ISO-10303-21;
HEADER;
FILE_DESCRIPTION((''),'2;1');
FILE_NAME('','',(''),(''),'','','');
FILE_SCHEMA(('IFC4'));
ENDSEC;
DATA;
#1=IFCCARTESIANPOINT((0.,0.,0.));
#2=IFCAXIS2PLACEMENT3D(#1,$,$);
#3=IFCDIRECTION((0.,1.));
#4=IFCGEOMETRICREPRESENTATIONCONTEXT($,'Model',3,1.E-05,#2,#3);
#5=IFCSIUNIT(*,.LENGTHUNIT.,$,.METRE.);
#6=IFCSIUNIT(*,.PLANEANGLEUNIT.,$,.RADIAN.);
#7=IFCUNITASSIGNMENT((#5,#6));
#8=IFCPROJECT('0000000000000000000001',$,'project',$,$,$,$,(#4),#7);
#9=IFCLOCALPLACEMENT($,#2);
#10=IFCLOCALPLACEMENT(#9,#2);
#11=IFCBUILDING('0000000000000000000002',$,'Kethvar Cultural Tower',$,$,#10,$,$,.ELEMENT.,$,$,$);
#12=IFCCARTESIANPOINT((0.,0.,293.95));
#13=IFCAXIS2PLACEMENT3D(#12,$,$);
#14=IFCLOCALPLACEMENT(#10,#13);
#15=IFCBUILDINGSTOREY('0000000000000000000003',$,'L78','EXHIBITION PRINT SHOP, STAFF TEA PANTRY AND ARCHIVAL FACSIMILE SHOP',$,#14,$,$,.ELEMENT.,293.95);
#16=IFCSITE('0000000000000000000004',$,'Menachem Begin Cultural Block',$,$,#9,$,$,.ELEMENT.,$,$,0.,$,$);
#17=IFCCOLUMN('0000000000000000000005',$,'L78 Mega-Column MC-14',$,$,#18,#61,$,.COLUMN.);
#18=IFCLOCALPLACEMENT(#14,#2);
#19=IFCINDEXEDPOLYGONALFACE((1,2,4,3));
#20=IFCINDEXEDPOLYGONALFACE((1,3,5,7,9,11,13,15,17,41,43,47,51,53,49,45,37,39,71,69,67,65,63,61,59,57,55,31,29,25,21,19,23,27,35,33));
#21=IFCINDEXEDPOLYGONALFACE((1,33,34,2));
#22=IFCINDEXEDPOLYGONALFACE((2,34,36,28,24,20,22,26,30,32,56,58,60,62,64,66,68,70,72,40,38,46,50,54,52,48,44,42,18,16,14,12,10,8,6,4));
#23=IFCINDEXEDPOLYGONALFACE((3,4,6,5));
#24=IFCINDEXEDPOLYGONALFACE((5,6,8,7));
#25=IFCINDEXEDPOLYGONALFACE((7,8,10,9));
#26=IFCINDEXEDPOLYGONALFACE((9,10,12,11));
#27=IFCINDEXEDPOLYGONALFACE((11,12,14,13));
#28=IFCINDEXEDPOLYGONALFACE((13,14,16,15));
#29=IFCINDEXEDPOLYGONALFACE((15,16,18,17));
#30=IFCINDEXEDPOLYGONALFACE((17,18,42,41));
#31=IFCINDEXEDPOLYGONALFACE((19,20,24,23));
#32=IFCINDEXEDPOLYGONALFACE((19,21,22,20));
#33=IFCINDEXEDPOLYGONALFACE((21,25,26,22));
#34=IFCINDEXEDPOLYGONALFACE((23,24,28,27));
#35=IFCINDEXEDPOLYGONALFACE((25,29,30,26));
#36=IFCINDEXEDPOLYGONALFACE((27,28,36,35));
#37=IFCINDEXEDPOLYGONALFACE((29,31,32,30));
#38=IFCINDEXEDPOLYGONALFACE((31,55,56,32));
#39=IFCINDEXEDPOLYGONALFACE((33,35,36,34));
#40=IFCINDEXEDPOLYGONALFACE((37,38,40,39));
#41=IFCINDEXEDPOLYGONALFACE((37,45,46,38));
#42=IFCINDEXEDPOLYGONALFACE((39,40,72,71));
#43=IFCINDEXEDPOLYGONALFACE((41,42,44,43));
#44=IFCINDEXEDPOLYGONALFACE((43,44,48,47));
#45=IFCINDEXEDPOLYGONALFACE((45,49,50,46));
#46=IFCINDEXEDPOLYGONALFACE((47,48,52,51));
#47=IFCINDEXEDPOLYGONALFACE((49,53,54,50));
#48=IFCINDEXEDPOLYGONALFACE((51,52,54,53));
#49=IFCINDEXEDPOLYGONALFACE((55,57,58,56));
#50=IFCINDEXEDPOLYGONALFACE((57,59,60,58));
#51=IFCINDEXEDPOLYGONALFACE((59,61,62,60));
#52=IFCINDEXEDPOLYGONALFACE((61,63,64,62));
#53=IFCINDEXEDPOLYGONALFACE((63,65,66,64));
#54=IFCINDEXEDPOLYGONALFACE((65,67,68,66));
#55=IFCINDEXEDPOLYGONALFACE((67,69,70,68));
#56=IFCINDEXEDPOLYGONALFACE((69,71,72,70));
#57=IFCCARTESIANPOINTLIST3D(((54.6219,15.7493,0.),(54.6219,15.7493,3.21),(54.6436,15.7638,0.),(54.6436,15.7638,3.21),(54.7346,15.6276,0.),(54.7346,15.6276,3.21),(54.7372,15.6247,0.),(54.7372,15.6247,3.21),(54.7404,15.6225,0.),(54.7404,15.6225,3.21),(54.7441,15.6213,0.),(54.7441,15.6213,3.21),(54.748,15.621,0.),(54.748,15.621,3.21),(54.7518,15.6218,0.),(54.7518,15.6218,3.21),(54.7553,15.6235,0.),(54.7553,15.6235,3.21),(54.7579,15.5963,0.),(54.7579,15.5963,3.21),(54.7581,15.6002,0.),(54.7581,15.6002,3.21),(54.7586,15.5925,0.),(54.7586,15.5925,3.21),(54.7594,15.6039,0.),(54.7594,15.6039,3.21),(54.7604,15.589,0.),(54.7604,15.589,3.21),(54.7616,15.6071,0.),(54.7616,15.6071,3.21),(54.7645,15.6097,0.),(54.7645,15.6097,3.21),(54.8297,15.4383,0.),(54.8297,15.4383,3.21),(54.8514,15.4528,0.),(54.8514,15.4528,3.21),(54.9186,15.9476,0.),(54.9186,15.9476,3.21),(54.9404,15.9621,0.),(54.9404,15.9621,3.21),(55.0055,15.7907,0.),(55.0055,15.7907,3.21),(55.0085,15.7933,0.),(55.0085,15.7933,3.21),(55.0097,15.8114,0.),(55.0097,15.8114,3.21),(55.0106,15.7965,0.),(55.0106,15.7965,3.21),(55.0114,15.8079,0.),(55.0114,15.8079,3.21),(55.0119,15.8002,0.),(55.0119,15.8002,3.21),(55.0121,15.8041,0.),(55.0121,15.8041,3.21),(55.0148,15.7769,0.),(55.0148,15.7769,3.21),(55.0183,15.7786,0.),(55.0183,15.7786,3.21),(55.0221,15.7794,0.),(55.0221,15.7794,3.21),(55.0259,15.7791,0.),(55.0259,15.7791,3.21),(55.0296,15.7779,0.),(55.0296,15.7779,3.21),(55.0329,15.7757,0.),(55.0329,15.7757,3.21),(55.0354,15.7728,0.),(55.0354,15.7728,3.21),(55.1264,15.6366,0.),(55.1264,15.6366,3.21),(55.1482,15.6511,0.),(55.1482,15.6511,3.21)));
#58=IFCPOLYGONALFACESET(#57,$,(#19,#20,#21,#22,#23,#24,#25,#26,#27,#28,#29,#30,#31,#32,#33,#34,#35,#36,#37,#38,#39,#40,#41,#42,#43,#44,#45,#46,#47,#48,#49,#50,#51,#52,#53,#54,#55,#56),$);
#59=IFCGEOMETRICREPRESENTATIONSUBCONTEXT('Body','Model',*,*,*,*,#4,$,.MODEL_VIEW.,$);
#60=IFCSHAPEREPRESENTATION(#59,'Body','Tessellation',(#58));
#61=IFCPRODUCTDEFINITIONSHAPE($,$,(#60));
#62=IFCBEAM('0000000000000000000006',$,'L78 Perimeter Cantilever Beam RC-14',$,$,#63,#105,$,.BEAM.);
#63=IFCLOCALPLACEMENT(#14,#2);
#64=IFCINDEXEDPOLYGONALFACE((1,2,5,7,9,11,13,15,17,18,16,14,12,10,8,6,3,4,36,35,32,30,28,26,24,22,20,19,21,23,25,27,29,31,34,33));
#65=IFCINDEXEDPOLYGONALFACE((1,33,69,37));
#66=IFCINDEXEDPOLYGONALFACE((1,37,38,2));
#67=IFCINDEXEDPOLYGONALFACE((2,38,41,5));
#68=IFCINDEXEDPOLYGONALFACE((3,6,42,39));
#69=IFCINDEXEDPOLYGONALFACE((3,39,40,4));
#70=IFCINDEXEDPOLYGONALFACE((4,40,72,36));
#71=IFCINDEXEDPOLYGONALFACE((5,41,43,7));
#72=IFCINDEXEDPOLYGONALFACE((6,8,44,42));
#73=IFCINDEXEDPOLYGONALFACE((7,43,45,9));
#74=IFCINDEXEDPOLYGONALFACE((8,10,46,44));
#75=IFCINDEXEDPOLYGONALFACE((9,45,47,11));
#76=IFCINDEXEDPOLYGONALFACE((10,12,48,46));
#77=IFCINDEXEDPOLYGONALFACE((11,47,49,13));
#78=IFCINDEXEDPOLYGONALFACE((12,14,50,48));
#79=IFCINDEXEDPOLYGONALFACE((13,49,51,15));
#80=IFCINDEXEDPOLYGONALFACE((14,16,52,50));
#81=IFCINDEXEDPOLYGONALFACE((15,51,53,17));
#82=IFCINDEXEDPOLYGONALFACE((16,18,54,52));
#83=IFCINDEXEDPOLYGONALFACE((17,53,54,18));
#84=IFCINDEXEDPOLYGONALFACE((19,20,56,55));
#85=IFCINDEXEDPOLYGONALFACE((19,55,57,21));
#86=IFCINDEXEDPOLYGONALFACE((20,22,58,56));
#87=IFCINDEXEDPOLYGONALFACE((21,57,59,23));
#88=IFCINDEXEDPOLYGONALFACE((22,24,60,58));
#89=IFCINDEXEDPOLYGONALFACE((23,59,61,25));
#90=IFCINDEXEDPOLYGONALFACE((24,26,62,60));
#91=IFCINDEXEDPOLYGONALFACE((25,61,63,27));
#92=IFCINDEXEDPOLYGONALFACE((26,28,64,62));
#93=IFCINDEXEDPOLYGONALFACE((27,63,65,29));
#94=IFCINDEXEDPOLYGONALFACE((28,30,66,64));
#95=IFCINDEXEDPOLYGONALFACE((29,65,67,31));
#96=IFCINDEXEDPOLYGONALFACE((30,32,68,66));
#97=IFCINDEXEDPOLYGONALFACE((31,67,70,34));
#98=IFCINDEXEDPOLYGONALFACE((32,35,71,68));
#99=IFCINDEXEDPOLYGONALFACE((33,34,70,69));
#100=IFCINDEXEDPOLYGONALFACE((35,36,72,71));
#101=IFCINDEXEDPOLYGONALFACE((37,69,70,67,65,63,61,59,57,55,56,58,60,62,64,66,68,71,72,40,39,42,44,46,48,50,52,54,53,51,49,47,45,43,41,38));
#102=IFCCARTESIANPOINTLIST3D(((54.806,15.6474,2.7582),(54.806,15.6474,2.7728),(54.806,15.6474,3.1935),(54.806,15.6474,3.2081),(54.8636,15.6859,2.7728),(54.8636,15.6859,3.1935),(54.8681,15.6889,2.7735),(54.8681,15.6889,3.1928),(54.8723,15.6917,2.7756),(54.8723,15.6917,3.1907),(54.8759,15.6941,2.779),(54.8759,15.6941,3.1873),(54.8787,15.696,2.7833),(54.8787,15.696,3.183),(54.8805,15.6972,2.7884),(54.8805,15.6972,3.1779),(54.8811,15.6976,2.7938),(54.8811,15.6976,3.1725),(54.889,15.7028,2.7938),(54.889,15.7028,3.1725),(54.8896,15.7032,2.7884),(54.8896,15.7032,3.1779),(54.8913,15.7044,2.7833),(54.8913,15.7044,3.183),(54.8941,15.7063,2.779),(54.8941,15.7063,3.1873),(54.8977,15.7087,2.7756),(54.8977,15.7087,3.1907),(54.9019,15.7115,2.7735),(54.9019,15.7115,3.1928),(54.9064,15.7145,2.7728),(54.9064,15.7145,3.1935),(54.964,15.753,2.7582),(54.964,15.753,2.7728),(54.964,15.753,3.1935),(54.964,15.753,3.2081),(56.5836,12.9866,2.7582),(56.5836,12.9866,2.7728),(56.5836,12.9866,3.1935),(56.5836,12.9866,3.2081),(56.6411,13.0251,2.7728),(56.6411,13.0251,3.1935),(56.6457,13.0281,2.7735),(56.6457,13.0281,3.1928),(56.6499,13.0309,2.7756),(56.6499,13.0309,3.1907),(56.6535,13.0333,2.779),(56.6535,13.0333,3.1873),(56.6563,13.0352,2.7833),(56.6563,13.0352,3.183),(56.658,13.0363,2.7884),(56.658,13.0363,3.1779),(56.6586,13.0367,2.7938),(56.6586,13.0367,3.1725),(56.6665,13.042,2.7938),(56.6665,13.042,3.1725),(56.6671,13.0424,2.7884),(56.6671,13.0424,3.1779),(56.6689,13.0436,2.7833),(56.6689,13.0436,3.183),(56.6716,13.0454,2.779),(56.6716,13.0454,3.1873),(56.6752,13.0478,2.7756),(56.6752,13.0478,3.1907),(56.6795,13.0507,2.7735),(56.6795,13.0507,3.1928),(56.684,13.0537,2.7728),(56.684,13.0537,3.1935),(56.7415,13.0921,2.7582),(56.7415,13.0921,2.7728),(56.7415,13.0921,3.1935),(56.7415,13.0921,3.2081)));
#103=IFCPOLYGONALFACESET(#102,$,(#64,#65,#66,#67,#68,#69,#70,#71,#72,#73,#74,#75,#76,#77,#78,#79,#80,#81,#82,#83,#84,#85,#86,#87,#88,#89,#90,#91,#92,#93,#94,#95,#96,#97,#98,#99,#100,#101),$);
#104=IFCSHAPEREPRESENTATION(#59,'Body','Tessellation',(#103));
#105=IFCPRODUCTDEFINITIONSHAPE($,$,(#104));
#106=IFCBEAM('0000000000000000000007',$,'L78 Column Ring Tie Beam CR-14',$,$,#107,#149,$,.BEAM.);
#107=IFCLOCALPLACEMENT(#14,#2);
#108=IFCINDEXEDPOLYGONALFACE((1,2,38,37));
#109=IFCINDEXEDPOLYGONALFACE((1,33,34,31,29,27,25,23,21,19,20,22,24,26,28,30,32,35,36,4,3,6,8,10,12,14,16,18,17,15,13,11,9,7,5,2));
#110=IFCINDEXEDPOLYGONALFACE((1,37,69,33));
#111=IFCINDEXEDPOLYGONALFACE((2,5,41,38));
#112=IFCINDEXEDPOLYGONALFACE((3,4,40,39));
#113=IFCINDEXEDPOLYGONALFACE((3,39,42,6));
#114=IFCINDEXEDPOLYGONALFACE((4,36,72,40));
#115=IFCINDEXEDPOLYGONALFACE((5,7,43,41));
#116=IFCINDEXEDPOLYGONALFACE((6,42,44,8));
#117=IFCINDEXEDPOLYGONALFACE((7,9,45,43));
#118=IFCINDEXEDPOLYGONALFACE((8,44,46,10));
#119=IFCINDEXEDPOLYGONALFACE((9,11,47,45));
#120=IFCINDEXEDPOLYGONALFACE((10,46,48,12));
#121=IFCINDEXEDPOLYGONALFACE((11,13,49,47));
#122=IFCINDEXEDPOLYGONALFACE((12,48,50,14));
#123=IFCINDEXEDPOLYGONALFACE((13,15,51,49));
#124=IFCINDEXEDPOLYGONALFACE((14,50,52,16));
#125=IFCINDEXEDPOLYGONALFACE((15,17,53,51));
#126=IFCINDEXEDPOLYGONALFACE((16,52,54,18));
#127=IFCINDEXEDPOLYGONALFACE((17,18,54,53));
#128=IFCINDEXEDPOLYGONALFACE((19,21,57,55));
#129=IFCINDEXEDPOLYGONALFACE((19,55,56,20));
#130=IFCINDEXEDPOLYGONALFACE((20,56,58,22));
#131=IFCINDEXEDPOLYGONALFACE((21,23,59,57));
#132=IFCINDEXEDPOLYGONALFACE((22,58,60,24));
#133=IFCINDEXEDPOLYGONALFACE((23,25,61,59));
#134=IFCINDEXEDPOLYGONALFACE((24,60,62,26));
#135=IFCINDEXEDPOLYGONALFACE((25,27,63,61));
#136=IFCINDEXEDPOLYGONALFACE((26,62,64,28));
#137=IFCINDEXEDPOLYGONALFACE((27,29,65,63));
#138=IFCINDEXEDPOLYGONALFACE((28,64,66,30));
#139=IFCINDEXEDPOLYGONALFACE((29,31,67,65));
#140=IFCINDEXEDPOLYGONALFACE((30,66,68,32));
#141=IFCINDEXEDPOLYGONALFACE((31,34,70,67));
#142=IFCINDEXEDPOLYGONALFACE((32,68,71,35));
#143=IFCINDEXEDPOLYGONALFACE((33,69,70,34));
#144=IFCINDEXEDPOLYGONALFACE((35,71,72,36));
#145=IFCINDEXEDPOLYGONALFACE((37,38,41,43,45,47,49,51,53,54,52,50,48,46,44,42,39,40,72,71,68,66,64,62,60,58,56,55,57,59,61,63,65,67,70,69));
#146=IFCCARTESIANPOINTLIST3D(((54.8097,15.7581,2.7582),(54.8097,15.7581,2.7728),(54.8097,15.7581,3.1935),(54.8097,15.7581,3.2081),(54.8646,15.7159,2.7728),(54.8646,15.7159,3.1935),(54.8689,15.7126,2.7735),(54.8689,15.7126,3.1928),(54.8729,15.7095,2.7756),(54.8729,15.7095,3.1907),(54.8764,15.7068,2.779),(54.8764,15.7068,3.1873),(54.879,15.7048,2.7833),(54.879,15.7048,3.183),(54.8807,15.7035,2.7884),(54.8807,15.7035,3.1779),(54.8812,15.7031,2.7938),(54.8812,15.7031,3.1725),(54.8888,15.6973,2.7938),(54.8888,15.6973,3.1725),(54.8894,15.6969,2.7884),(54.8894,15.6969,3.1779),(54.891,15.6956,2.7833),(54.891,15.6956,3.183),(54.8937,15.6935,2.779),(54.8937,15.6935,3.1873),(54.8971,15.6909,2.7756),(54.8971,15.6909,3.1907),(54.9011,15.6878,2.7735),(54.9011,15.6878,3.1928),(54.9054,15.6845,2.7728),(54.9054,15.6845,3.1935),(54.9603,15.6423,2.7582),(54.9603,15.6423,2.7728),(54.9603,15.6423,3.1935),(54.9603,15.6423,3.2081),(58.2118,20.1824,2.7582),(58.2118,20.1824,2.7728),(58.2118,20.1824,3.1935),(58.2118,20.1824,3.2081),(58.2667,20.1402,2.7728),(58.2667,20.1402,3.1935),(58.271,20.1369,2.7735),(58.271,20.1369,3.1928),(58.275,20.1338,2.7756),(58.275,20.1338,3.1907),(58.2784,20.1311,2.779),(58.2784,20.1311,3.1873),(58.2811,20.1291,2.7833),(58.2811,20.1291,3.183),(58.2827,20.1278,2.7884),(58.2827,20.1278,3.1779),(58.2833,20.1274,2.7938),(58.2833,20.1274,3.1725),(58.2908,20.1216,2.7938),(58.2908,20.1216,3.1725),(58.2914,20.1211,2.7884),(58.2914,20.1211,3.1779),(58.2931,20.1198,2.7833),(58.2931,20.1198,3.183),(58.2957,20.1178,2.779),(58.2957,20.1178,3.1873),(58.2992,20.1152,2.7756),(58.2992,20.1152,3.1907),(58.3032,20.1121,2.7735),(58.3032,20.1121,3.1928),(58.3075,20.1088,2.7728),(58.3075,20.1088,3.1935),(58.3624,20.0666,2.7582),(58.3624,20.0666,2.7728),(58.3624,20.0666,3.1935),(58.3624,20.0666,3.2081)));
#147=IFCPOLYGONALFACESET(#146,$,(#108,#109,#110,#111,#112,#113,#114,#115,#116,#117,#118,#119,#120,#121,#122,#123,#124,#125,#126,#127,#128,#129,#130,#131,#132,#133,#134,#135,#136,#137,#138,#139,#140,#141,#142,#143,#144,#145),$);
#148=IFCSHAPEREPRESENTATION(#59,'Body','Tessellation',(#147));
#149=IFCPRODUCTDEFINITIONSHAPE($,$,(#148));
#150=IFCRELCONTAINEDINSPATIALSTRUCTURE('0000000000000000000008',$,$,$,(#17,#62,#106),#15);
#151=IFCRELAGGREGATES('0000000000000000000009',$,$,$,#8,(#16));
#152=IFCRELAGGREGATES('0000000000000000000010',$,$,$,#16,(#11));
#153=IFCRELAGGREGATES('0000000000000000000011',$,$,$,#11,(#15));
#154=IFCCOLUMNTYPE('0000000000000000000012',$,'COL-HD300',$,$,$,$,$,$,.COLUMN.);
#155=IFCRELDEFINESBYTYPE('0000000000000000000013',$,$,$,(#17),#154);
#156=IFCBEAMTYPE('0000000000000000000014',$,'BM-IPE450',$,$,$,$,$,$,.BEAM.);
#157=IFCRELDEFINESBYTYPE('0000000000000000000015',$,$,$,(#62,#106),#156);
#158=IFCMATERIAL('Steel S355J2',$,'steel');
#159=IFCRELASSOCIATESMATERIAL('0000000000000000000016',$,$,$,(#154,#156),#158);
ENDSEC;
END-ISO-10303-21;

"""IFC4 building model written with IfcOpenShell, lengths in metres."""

from ifc_helpers import new_model, si_unit, direction, frame, origin, origin_2d, place, context, subcontext, project, spatial, i_section, extrude, source, transform, mapped, material, material_profile, profile_set, type_object, element, save


model = new_model("IFC4")

# Units and contexts
model_context = context("Model", 3, precision=1e-05, world=origin(), true_north=direction((0.0, 1.0)))
body_context = subcontext(model_context, "Body", "Model", "MODEL_VIEW")
ifc_project = project(units=[si_unit("LENGTHUNIT", "METRE"), si_unit("PLANEANGLEUNIT", "RADIAN")], contexts=[model_context])

# Site, building, storey
site_placement = place(None, origin())
site = spatial("IfcSite", under=ifc_project, at=site_placement, Name="Menachem Begin Cultural Block", CompositionType="ELEMENT", RefElevation=0.0)
building_placement = place(site_placement, origin())
building = spatial("IfcBuilding", under=site, at=building_placement, Name="Kethvar Cultural Tower", CompositionType="ELEMENT")
storey_placement = place(building_placement, frame((0.0, 0.0, 293.95)))
storey = spatial("IfcBuildingStorey", under=building, at=storey_placement, Name="L78", Description="EXHIBITION PRINT SHOP, STAFF TEA PANTRY AND ARCHIVAL FACSIMILE SHOP", CompositionType="ELEMENT", Elevation=293.95)

# Column
ifc_material_1 = material(Name="Steel S355J2", Category="steel")
ifc_material_profile_1 = material_profile(ifc_material_1, i_section(OverallWidth=0.374, OverallDepth=0.3831, WebThickness=0.0166, FlangeThickness=0.0261, FilletRadius=0.0149, at=origin_2d()), Name="Steel S355J2 — HD360x300")
ifc_profile_set_1 = profile_set([ifc_material_profile_1], Name="Steel S355J2 — HD360x300")
column_type = type_object("IfcColumnType", Name="COL-HD300", PredefinedType="COLUMN", material=ifc_profile_set_1)
shared_shape_1 = source(origin(), body_context, "Body", "SweptSolid", [
    extrude(i_section(OverallWidth=0.374, OverallDepth=0.3831, WebThickness=0.0166, FlangeThickness=0.0261, FilletRadius=0.0149, at=origin_2d()), origin(), (0.0, 0.0, 1.0), 3.21),
])
column_placement = place(storey_placement, frame((54.885, 15.7002, 0.0), z_axis=(0.0, 0.0, 1.0), x_axis=(0.55557, -0.83147, 0.0)))
element("IfcColumn", 1, at=column_placement, inside=storey, type_object=column_type, Name="L78 Mega-Column MC-14", PredefinedType="COLUMN", context=body_context, shape_type="MappedRepresentation", body=[
    mapped(shared_shape_1, transform((0.0, 0.0, 0.0), scale=1.0)),
])

# Beams
ifc_material_profile_2 = material_profile(ifc_material_1, i_section(OverallWidth=0.1899, OverallDepth=0.45, WebThickness=0.0095, FlangeThickness=0.0146, FilletRadius=0.021, at=origin_2d()), Name="Steel S355J2 — IPE450")
ifc_profile_set_2 = profile_set([ifc_material_profile_2], Name="Steel S355J2 — IPE450")
beam_type_1 = type_object("IfcBeamType", Name="BM-IPE450", PredefinedType="BEAM", material=ifc_profile_set_2)
shared_shape_2 = source(origin(), body_context, "Body", "SweptSolid", [
    extrude(i_section(OverallWidth=0.1899, OverallDepth=0.45, WebThickness=0.0095, FlangeThickness=0.0146, FilletRadius=0.021, at=origin_2d()), origin(), (0.0, 0.0, 1.0), 3.2),
])
beam_1_placement = place(storey_placement, frame((54.885, 15.7002, 2.9832), z_axis=(0.555492, -0.831522, 0.0), x_axis=(0.831522, 0.555492, 0.0)))
element("IfcBeam", 2, at=beam_1_placement, inside=storey, type_object=beam_type_1, Name="L78 Perimeter Cantilever Beam RC-14", PredefinedType="BEAM", context=body_context, shape_type="MappedRepresentation", body=[
    mapped(shared_shape_2, transform((0.0, 0.0, 0.0), scale=1.0)),
])
shared_shape_3 = source(origin(), body_context, "Body", "SweptSolid", [
    extrude(i_section(OverallWidth=0.1899, OverallDepth=0.45, WebThickness=0.0095, FlangeThickness=0.0146, FilletRadius=0.021, at=origin_2d()), origin(), (0.0, 0.0, 1.0), 5.5811),
])
beam_2_placement = place(storey_placement, frame((54.885, 15.7002, 2.9832), z_axis=(0.609573, 0.79273, 0.0), x_axis=(-0.79273, 0.609573, 0.0)))
element("IfcBeam", 3, at=beam_2_placement, inside=storey, type_object=beam_type_1, Name="L78 Column Ring Tie Beam CR-14", PredefinedType="BEAM", context=body_context, shape_type="MappedRepresentation", body=[
    mapped(shared_shape_3, transform((0.0, 0.0, 0.0), scale=1.0)),
])

save(model, "model.ifc")
